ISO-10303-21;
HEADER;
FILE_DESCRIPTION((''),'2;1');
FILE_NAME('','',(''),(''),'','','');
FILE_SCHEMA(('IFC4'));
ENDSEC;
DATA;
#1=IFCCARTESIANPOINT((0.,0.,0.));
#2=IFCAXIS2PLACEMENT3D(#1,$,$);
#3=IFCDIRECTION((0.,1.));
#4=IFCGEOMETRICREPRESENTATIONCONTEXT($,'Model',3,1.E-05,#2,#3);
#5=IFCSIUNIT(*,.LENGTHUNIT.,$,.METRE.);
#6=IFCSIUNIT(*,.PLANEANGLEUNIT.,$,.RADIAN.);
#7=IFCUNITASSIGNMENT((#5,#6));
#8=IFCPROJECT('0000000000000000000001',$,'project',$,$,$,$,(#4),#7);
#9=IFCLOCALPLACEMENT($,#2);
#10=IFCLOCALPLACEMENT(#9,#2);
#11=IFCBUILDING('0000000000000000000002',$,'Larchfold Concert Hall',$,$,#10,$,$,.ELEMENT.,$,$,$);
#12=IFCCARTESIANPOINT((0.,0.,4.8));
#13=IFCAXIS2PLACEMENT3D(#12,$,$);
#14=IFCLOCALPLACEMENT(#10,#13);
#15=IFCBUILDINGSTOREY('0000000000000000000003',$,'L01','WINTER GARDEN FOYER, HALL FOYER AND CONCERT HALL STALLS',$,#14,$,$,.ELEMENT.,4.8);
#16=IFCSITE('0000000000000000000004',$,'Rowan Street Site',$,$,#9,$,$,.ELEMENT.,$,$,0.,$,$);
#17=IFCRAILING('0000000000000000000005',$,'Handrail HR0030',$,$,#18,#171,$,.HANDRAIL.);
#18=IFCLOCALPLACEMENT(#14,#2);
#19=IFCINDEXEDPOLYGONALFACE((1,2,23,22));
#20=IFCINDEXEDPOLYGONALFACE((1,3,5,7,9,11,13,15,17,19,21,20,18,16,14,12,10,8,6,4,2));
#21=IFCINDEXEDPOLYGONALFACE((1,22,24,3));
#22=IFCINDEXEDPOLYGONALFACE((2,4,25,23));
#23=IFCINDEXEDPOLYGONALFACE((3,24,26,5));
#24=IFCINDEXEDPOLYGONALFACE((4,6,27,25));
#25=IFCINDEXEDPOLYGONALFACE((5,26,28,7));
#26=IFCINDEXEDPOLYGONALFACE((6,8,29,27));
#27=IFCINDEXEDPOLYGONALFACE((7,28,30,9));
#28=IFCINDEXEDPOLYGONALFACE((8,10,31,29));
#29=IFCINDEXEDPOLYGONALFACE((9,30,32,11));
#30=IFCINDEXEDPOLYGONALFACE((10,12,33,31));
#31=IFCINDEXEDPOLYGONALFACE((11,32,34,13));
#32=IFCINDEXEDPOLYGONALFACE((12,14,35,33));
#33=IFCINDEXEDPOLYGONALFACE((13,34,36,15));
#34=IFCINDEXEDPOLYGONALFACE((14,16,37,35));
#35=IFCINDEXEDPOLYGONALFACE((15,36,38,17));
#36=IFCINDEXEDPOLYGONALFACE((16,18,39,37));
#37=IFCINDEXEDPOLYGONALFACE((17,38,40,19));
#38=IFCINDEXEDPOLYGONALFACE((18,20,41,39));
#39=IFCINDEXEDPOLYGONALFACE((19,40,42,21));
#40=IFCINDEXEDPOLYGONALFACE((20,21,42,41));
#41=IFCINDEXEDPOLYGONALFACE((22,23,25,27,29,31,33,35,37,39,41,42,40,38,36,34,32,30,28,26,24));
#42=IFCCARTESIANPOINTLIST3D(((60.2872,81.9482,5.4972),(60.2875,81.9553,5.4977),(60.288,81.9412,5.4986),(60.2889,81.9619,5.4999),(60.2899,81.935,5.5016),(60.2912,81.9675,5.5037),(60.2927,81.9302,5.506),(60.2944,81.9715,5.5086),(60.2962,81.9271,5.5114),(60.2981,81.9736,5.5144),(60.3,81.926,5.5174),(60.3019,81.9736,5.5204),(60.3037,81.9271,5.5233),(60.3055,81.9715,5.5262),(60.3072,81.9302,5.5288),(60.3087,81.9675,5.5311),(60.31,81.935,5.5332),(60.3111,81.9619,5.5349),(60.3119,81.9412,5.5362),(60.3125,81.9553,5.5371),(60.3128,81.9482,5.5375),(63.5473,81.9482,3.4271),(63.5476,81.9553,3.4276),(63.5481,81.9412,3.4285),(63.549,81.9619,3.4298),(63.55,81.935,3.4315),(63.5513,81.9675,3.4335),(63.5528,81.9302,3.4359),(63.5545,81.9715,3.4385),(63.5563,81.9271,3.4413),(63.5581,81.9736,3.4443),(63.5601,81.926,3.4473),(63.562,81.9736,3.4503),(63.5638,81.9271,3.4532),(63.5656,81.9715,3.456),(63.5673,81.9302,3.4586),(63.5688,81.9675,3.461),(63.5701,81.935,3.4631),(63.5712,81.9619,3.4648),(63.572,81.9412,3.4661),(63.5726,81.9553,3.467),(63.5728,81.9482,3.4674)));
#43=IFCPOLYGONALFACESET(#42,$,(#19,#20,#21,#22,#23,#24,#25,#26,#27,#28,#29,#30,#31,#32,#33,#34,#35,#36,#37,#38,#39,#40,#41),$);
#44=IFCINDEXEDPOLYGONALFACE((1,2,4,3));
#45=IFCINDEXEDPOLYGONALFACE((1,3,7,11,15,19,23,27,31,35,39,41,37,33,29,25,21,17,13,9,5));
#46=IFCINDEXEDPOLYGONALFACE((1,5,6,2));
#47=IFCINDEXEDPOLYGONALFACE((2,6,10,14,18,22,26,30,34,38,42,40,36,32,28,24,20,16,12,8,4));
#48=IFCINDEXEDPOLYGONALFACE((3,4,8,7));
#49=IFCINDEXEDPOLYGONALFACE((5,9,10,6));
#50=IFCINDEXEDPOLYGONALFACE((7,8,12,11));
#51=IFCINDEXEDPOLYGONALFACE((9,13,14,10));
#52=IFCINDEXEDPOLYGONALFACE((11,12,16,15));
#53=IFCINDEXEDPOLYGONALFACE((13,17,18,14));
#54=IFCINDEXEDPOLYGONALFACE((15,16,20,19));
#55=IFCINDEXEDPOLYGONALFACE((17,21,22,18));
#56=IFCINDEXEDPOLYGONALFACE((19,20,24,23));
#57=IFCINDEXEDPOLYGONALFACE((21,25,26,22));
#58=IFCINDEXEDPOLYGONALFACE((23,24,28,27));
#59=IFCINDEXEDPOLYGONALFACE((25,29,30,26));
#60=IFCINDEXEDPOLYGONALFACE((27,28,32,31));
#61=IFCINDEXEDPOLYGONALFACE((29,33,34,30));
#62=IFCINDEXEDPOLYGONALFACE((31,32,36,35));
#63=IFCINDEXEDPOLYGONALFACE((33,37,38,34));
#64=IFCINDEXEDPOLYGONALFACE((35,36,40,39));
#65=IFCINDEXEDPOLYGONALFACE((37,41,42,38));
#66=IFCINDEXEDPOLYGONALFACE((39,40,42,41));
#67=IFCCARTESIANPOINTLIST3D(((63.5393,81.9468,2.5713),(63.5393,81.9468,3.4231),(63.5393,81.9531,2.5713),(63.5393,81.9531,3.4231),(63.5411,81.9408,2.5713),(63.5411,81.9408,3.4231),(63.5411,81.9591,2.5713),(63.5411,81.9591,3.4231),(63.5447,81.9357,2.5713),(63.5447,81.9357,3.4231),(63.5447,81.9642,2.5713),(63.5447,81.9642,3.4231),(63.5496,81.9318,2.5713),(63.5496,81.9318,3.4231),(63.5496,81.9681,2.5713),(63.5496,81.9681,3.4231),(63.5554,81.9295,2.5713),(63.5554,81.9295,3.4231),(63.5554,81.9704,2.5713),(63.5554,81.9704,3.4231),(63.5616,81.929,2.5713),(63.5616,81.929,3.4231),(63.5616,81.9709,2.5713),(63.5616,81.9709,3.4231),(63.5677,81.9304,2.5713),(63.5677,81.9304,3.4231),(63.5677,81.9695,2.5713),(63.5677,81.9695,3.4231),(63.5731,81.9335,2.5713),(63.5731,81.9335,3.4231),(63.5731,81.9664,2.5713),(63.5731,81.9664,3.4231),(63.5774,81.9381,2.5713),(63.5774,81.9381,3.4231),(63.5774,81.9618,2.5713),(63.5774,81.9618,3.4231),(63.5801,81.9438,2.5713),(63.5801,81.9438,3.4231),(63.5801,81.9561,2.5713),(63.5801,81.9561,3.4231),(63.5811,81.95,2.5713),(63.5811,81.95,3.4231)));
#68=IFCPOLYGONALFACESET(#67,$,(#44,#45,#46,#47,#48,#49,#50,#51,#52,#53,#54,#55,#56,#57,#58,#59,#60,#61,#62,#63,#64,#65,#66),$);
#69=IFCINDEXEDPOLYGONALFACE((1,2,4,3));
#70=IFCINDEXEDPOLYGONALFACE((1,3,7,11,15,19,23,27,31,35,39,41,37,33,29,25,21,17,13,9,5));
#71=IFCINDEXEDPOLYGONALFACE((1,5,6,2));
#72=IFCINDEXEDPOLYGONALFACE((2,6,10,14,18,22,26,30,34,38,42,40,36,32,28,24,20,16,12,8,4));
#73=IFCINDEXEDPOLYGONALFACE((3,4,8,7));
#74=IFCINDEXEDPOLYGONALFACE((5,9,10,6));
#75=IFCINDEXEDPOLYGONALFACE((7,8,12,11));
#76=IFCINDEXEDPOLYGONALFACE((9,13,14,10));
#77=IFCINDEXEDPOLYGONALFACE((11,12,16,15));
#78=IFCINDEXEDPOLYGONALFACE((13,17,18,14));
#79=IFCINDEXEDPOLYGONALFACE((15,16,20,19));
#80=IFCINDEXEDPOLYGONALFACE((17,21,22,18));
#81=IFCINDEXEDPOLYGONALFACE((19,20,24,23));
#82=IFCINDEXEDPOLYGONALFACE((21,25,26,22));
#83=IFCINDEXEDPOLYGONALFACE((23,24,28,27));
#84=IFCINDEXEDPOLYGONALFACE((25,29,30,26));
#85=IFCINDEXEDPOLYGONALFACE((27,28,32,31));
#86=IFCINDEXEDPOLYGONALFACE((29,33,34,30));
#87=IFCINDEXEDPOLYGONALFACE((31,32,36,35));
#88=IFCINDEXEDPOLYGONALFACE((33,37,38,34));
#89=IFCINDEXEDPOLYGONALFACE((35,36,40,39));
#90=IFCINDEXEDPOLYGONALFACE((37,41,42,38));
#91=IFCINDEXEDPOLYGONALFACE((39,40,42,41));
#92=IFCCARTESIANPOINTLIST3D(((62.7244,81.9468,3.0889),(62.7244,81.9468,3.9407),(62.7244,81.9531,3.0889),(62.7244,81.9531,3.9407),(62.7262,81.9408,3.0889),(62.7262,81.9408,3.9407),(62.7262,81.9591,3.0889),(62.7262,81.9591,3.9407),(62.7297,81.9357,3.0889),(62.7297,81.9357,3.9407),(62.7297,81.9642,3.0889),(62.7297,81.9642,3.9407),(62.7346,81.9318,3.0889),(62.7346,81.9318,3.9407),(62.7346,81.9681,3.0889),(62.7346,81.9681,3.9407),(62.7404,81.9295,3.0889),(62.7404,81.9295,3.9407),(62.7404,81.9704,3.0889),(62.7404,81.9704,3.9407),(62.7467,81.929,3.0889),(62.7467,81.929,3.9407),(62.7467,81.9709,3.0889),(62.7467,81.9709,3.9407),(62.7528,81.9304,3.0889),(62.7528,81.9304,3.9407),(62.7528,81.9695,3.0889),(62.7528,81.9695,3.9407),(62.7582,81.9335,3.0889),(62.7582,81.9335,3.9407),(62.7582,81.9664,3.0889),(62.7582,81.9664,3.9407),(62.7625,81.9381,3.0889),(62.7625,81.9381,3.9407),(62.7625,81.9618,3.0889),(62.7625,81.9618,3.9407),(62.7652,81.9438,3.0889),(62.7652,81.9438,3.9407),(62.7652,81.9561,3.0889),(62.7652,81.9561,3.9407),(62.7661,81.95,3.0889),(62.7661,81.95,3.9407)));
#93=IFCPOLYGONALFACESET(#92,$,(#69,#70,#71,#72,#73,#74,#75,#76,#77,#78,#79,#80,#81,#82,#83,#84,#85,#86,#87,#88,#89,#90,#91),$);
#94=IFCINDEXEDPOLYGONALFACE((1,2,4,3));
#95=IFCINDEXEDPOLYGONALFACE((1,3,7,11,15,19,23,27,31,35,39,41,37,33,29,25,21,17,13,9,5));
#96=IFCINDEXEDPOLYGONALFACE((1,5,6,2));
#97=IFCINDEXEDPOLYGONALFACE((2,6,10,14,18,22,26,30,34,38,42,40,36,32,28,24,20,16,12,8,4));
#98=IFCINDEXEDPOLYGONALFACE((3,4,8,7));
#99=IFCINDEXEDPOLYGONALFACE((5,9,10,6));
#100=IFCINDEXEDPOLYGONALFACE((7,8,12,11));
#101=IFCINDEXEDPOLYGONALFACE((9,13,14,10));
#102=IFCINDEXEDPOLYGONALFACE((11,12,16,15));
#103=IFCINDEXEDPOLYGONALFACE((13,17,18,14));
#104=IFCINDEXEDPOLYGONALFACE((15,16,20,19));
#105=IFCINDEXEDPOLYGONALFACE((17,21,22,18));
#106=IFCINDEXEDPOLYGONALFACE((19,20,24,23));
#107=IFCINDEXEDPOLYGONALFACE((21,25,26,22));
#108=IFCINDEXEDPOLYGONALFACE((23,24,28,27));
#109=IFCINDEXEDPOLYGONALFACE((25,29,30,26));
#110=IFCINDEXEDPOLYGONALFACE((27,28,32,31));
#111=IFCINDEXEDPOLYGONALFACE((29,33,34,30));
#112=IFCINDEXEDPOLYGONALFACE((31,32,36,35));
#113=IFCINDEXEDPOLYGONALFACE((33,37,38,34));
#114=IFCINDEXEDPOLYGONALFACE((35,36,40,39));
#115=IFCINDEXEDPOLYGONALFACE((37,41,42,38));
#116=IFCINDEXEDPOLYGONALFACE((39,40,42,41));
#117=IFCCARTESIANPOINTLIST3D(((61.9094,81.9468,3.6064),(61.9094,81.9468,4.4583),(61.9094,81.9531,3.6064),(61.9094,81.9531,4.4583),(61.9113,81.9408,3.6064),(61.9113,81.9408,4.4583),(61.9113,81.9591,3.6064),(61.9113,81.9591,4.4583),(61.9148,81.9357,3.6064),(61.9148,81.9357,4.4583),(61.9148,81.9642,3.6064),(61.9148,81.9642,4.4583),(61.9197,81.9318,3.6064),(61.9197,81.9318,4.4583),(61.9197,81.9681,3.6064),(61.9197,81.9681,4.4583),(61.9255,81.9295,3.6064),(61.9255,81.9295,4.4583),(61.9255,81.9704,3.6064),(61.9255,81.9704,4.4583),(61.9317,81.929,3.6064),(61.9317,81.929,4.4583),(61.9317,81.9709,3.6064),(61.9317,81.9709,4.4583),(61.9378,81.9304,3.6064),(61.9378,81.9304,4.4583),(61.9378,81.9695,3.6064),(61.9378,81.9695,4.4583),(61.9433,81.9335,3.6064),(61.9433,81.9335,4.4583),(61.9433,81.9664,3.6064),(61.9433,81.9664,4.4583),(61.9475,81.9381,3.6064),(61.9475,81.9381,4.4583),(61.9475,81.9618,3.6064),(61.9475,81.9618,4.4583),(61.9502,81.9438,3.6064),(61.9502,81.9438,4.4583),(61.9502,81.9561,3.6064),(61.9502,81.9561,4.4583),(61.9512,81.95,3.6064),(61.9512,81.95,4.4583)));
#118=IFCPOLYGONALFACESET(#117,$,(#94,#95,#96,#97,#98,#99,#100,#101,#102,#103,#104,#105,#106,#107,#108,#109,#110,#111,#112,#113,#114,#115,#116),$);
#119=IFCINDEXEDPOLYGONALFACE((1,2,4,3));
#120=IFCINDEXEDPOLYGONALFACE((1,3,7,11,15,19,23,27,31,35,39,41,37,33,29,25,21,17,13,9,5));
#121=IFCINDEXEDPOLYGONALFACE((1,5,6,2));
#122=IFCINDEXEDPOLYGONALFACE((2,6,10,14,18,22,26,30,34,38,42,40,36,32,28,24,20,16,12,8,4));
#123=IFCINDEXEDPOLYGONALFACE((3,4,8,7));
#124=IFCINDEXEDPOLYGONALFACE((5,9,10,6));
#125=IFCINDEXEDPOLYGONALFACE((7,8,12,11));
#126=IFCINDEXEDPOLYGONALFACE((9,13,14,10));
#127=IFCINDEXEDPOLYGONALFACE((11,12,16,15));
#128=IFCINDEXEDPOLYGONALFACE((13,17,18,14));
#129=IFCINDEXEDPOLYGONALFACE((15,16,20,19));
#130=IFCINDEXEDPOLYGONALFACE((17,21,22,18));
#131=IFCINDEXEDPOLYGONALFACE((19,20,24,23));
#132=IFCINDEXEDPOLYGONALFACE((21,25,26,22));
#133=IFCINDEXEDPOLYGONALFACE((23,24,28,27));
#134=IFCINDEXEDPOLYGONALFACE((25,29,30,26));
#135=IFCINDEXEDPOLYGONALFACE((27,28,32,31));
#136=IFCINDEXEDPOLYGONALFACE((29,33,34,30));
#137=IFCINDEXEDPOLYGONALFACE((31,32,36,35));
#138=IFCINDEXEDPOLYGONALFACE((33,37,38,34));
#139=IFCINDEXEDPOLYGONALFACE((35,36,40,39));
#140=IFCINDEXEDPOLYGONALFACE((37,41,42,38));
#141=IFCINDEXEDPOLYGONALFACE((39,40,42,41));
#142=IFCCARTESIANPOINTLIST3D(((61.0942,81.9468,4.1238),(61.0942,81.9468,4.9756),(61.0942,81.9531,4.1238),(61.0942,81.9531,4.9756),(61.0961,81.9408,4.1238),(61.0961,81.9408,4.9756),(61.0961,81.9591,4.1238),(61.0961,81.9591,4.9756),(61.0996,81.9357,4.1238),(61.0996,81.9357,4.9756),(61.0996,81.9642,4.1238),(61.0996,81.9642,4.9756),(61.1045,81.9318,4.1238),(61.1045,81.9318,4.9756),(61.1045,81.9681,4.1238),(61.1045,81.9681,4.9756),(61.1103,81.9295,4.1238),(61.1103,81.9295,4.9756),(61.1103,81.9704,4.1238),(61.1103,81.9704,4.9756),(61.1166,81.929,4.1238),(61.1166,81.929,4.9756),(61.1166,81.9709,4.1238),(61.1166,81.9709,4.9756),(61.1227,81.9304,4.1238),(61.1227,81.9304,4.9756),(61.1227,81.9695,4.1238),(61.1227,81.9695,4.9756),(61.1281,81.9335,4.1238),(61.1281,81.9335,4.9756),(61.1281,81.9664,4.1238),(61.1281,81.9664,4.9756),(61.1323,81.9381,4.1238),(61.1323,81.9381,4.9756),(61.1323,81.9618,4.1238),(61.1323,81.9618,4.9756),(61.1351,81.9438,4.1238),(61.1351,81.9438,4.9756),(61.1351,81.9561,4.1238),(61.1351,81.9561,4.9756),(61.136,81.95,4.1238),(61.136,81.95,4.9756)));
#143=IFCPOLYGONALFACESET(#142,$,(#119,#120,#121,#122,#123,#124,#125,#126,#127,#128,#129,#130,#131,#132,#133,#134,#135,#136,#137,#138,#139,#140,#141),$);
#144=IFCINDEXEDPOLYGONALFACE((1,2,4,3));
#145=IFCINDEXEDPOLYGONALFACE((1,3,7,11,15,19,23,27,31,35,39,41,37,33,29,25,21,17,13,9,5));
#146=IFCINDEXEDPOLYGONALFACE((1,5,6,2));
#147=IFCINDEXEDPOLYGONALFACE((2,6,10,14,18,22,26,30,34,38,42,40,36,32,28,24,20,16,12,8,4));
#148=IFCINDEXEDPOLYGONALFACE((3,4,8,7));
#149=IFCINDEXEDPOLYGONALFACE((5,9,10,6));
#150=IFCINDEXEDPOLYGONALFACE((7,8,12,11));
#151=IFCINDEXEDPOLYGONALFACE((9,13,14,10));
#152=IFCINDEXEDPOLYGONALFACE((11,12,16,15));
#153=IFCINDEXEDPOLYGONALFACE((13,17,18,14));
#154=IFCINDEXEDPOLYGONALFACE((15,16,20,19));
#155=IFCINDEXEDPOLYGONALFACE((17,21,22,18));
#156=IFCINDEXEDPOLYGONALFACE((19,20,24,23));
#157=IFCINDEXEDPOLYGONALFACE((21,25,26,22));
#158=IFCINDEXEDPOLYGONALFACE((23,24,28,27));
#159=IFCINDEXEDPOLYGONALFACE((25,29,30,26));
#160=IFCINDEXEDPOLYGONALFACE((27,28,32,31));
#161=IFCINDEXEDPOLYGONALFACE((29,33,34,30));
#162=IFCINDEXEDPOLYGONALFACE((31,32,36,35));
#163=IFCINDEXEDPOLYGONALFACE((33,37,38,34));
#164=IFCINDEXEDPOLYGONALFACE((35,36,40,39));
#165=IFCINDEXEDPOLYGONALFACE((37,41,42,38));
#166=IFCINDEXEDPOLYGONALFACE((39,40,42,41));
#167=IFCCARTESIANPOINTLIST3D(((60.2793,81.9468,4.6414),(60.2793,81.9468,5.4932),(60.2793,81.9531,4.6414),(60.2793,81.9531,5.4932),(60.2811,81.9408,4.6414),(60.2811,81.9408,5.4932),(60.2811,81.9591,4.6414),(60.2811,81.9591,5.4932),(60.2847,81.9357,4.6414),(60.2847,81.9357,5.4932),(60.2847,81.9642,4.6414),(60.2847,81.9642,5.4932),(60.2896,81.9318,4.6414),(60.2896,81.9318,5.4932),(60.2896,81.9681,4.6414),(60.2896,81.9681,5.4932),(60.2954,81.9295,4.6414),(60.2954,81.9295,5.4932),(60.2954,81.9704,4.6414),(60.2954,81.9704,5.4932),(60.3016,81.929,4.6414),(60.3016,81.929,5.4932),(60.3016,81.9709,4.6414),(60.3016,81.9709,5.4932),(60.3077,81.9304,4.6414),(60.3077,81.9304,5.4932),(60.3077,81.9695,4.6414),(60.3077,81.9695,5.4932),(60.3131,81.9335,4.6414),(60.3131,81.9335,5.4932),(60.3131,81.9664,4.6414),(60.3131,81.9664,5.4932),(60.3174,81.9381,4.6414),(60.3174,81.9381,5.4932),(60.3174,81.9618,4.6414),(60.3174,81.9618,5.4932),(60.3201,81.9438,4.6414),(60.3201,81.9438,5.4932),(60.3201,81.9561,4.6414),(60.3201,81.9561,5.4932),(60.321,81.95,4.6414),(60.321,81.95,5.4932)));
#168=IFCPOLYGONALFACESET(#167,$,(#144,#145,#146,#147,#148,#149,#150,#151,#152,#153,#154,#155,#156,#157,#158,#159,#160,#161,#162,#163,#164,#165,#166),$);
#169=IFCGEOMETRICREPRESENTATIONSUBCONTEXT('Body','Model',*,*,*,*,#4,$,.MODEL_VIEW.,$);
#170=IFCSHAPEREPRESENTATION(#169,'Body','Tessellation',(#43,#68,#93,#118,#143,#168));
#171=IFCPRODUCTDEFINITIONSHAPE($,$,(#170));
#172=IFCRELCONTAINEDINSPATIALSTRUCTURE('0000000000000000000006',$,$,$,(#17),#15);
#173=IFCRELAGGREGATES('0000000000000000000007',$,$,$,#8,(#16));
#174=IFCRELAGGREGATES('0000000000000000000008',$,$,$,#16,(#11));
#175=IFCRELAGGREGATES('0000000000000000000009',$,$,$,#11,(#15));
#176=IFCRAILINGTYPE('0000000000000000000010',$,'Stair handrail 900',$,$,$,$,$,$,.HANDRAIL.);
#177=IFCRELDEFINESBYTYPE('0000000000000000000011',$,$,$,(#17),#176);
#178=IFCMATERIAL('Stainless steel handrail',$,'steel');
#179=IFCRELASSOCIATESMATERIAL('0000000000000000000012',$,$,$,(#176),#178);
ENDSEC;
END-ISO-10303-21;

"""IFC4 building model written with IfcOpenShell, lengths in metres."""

from ifc_helpers import new_model, si_unit, direction, frame, origin, origin_2d, place, context, subcontext, project, spatial, circle, extrude, material, type_object, element, save


model = new_model("IFC4")

# Units and contexts
model_context = context("Model", 3, precision=1e-05, world=origin(), true_north=direction((0.0, 1.0)))
body_context = subcontext(model_context, "Body", "Model", "MODEL_VIEW")
ifc_project = project(units=[si_unit("LENGTHUNIT", "METRE"), si_unit("PLANEANGLEUNIT", "RADIAN")], contexts=[model_context])

# Site, building, storey
site_placement = place(None, origin())
site = spatial("IfcSite", under=ifc_project, at=site_placement, Name="Rowan Street Site", CompositionType="ELEMENT", RefElevation=0.0)
building_placement = place(site_placement, origin())
building = spatial("IfcBuilding", under=site, at=building_placement, Name="Larchfold Concert Hall", CompositionType="ELEMENT")
storey_placement = place(building_placement, frame((0.0, 0.0, 4.8)))
storey = spatial("IfcBuildingStorey", under=building, at=storey_placement, Name="L01", Description="WINTER GARDEN FOYER, HALL FOYER AND CONCERT HALL STALLS", CompositionType="ELEMENT", Elevation=4.8)

# Railing
ifc_material_1 = material(Name="Stainless steel handrail", Category="steel")
railing_type_1 = type_object("IfcRailingType", Name="Stair handrail 900", PredefinedType="HANDRAIL", material=ifc_material_1)
railing_1_placement = place(storey_placement, frame((63.5601, 81.95, 2.5713)))
element("IfcRailing", 1, at=railing_1_placement, inside=storey, type_object=railing_type_1, Name="Handrail HR0030", PredefinedType="HANDRAIL", context=body_context, shape_type="SweptSolid", body=[
    extrude(circle(Radius=0.0239, at=origin_2d()), frame((0.0, 0.0, 0.876), z_axis=(-0.844187, 0.0, 0.536049), x_axis=(0.0, -1.0, 0.0)), (0.0, 0.0, 1.0), 3.8618),
    extrude(circle(Radius=0.021, at=origin_2d()), origin(), (0.0, 0.0, 1.0), 0.8518),
    extrude(circle(Radius=0.021, at=origin_2d()), frame((-0.8149, 0.0, 0.5176)), (0.0, 0.0, 1.0), 0.8518),
    extrude(circle(Radius=0.021, at=origin_2d()), frame((-1.6299, 0.0, 1.0352)), (0.0, 0.0, 1.0), 0.8518),
    extrude(circle(Radius=0.021, at=origin_2d()), frame((-2.4451, 0.0, 1.5525)), (0.0, 0.0, 1.0), 0.8518),
    extrude(circle(Radius=0.021, at=origin_2d()), frame((-3.26, 0.0, 2.0701)), (0.0, 0.0, 1.0), 0.8518),
])

save(model, "model.ifc")
